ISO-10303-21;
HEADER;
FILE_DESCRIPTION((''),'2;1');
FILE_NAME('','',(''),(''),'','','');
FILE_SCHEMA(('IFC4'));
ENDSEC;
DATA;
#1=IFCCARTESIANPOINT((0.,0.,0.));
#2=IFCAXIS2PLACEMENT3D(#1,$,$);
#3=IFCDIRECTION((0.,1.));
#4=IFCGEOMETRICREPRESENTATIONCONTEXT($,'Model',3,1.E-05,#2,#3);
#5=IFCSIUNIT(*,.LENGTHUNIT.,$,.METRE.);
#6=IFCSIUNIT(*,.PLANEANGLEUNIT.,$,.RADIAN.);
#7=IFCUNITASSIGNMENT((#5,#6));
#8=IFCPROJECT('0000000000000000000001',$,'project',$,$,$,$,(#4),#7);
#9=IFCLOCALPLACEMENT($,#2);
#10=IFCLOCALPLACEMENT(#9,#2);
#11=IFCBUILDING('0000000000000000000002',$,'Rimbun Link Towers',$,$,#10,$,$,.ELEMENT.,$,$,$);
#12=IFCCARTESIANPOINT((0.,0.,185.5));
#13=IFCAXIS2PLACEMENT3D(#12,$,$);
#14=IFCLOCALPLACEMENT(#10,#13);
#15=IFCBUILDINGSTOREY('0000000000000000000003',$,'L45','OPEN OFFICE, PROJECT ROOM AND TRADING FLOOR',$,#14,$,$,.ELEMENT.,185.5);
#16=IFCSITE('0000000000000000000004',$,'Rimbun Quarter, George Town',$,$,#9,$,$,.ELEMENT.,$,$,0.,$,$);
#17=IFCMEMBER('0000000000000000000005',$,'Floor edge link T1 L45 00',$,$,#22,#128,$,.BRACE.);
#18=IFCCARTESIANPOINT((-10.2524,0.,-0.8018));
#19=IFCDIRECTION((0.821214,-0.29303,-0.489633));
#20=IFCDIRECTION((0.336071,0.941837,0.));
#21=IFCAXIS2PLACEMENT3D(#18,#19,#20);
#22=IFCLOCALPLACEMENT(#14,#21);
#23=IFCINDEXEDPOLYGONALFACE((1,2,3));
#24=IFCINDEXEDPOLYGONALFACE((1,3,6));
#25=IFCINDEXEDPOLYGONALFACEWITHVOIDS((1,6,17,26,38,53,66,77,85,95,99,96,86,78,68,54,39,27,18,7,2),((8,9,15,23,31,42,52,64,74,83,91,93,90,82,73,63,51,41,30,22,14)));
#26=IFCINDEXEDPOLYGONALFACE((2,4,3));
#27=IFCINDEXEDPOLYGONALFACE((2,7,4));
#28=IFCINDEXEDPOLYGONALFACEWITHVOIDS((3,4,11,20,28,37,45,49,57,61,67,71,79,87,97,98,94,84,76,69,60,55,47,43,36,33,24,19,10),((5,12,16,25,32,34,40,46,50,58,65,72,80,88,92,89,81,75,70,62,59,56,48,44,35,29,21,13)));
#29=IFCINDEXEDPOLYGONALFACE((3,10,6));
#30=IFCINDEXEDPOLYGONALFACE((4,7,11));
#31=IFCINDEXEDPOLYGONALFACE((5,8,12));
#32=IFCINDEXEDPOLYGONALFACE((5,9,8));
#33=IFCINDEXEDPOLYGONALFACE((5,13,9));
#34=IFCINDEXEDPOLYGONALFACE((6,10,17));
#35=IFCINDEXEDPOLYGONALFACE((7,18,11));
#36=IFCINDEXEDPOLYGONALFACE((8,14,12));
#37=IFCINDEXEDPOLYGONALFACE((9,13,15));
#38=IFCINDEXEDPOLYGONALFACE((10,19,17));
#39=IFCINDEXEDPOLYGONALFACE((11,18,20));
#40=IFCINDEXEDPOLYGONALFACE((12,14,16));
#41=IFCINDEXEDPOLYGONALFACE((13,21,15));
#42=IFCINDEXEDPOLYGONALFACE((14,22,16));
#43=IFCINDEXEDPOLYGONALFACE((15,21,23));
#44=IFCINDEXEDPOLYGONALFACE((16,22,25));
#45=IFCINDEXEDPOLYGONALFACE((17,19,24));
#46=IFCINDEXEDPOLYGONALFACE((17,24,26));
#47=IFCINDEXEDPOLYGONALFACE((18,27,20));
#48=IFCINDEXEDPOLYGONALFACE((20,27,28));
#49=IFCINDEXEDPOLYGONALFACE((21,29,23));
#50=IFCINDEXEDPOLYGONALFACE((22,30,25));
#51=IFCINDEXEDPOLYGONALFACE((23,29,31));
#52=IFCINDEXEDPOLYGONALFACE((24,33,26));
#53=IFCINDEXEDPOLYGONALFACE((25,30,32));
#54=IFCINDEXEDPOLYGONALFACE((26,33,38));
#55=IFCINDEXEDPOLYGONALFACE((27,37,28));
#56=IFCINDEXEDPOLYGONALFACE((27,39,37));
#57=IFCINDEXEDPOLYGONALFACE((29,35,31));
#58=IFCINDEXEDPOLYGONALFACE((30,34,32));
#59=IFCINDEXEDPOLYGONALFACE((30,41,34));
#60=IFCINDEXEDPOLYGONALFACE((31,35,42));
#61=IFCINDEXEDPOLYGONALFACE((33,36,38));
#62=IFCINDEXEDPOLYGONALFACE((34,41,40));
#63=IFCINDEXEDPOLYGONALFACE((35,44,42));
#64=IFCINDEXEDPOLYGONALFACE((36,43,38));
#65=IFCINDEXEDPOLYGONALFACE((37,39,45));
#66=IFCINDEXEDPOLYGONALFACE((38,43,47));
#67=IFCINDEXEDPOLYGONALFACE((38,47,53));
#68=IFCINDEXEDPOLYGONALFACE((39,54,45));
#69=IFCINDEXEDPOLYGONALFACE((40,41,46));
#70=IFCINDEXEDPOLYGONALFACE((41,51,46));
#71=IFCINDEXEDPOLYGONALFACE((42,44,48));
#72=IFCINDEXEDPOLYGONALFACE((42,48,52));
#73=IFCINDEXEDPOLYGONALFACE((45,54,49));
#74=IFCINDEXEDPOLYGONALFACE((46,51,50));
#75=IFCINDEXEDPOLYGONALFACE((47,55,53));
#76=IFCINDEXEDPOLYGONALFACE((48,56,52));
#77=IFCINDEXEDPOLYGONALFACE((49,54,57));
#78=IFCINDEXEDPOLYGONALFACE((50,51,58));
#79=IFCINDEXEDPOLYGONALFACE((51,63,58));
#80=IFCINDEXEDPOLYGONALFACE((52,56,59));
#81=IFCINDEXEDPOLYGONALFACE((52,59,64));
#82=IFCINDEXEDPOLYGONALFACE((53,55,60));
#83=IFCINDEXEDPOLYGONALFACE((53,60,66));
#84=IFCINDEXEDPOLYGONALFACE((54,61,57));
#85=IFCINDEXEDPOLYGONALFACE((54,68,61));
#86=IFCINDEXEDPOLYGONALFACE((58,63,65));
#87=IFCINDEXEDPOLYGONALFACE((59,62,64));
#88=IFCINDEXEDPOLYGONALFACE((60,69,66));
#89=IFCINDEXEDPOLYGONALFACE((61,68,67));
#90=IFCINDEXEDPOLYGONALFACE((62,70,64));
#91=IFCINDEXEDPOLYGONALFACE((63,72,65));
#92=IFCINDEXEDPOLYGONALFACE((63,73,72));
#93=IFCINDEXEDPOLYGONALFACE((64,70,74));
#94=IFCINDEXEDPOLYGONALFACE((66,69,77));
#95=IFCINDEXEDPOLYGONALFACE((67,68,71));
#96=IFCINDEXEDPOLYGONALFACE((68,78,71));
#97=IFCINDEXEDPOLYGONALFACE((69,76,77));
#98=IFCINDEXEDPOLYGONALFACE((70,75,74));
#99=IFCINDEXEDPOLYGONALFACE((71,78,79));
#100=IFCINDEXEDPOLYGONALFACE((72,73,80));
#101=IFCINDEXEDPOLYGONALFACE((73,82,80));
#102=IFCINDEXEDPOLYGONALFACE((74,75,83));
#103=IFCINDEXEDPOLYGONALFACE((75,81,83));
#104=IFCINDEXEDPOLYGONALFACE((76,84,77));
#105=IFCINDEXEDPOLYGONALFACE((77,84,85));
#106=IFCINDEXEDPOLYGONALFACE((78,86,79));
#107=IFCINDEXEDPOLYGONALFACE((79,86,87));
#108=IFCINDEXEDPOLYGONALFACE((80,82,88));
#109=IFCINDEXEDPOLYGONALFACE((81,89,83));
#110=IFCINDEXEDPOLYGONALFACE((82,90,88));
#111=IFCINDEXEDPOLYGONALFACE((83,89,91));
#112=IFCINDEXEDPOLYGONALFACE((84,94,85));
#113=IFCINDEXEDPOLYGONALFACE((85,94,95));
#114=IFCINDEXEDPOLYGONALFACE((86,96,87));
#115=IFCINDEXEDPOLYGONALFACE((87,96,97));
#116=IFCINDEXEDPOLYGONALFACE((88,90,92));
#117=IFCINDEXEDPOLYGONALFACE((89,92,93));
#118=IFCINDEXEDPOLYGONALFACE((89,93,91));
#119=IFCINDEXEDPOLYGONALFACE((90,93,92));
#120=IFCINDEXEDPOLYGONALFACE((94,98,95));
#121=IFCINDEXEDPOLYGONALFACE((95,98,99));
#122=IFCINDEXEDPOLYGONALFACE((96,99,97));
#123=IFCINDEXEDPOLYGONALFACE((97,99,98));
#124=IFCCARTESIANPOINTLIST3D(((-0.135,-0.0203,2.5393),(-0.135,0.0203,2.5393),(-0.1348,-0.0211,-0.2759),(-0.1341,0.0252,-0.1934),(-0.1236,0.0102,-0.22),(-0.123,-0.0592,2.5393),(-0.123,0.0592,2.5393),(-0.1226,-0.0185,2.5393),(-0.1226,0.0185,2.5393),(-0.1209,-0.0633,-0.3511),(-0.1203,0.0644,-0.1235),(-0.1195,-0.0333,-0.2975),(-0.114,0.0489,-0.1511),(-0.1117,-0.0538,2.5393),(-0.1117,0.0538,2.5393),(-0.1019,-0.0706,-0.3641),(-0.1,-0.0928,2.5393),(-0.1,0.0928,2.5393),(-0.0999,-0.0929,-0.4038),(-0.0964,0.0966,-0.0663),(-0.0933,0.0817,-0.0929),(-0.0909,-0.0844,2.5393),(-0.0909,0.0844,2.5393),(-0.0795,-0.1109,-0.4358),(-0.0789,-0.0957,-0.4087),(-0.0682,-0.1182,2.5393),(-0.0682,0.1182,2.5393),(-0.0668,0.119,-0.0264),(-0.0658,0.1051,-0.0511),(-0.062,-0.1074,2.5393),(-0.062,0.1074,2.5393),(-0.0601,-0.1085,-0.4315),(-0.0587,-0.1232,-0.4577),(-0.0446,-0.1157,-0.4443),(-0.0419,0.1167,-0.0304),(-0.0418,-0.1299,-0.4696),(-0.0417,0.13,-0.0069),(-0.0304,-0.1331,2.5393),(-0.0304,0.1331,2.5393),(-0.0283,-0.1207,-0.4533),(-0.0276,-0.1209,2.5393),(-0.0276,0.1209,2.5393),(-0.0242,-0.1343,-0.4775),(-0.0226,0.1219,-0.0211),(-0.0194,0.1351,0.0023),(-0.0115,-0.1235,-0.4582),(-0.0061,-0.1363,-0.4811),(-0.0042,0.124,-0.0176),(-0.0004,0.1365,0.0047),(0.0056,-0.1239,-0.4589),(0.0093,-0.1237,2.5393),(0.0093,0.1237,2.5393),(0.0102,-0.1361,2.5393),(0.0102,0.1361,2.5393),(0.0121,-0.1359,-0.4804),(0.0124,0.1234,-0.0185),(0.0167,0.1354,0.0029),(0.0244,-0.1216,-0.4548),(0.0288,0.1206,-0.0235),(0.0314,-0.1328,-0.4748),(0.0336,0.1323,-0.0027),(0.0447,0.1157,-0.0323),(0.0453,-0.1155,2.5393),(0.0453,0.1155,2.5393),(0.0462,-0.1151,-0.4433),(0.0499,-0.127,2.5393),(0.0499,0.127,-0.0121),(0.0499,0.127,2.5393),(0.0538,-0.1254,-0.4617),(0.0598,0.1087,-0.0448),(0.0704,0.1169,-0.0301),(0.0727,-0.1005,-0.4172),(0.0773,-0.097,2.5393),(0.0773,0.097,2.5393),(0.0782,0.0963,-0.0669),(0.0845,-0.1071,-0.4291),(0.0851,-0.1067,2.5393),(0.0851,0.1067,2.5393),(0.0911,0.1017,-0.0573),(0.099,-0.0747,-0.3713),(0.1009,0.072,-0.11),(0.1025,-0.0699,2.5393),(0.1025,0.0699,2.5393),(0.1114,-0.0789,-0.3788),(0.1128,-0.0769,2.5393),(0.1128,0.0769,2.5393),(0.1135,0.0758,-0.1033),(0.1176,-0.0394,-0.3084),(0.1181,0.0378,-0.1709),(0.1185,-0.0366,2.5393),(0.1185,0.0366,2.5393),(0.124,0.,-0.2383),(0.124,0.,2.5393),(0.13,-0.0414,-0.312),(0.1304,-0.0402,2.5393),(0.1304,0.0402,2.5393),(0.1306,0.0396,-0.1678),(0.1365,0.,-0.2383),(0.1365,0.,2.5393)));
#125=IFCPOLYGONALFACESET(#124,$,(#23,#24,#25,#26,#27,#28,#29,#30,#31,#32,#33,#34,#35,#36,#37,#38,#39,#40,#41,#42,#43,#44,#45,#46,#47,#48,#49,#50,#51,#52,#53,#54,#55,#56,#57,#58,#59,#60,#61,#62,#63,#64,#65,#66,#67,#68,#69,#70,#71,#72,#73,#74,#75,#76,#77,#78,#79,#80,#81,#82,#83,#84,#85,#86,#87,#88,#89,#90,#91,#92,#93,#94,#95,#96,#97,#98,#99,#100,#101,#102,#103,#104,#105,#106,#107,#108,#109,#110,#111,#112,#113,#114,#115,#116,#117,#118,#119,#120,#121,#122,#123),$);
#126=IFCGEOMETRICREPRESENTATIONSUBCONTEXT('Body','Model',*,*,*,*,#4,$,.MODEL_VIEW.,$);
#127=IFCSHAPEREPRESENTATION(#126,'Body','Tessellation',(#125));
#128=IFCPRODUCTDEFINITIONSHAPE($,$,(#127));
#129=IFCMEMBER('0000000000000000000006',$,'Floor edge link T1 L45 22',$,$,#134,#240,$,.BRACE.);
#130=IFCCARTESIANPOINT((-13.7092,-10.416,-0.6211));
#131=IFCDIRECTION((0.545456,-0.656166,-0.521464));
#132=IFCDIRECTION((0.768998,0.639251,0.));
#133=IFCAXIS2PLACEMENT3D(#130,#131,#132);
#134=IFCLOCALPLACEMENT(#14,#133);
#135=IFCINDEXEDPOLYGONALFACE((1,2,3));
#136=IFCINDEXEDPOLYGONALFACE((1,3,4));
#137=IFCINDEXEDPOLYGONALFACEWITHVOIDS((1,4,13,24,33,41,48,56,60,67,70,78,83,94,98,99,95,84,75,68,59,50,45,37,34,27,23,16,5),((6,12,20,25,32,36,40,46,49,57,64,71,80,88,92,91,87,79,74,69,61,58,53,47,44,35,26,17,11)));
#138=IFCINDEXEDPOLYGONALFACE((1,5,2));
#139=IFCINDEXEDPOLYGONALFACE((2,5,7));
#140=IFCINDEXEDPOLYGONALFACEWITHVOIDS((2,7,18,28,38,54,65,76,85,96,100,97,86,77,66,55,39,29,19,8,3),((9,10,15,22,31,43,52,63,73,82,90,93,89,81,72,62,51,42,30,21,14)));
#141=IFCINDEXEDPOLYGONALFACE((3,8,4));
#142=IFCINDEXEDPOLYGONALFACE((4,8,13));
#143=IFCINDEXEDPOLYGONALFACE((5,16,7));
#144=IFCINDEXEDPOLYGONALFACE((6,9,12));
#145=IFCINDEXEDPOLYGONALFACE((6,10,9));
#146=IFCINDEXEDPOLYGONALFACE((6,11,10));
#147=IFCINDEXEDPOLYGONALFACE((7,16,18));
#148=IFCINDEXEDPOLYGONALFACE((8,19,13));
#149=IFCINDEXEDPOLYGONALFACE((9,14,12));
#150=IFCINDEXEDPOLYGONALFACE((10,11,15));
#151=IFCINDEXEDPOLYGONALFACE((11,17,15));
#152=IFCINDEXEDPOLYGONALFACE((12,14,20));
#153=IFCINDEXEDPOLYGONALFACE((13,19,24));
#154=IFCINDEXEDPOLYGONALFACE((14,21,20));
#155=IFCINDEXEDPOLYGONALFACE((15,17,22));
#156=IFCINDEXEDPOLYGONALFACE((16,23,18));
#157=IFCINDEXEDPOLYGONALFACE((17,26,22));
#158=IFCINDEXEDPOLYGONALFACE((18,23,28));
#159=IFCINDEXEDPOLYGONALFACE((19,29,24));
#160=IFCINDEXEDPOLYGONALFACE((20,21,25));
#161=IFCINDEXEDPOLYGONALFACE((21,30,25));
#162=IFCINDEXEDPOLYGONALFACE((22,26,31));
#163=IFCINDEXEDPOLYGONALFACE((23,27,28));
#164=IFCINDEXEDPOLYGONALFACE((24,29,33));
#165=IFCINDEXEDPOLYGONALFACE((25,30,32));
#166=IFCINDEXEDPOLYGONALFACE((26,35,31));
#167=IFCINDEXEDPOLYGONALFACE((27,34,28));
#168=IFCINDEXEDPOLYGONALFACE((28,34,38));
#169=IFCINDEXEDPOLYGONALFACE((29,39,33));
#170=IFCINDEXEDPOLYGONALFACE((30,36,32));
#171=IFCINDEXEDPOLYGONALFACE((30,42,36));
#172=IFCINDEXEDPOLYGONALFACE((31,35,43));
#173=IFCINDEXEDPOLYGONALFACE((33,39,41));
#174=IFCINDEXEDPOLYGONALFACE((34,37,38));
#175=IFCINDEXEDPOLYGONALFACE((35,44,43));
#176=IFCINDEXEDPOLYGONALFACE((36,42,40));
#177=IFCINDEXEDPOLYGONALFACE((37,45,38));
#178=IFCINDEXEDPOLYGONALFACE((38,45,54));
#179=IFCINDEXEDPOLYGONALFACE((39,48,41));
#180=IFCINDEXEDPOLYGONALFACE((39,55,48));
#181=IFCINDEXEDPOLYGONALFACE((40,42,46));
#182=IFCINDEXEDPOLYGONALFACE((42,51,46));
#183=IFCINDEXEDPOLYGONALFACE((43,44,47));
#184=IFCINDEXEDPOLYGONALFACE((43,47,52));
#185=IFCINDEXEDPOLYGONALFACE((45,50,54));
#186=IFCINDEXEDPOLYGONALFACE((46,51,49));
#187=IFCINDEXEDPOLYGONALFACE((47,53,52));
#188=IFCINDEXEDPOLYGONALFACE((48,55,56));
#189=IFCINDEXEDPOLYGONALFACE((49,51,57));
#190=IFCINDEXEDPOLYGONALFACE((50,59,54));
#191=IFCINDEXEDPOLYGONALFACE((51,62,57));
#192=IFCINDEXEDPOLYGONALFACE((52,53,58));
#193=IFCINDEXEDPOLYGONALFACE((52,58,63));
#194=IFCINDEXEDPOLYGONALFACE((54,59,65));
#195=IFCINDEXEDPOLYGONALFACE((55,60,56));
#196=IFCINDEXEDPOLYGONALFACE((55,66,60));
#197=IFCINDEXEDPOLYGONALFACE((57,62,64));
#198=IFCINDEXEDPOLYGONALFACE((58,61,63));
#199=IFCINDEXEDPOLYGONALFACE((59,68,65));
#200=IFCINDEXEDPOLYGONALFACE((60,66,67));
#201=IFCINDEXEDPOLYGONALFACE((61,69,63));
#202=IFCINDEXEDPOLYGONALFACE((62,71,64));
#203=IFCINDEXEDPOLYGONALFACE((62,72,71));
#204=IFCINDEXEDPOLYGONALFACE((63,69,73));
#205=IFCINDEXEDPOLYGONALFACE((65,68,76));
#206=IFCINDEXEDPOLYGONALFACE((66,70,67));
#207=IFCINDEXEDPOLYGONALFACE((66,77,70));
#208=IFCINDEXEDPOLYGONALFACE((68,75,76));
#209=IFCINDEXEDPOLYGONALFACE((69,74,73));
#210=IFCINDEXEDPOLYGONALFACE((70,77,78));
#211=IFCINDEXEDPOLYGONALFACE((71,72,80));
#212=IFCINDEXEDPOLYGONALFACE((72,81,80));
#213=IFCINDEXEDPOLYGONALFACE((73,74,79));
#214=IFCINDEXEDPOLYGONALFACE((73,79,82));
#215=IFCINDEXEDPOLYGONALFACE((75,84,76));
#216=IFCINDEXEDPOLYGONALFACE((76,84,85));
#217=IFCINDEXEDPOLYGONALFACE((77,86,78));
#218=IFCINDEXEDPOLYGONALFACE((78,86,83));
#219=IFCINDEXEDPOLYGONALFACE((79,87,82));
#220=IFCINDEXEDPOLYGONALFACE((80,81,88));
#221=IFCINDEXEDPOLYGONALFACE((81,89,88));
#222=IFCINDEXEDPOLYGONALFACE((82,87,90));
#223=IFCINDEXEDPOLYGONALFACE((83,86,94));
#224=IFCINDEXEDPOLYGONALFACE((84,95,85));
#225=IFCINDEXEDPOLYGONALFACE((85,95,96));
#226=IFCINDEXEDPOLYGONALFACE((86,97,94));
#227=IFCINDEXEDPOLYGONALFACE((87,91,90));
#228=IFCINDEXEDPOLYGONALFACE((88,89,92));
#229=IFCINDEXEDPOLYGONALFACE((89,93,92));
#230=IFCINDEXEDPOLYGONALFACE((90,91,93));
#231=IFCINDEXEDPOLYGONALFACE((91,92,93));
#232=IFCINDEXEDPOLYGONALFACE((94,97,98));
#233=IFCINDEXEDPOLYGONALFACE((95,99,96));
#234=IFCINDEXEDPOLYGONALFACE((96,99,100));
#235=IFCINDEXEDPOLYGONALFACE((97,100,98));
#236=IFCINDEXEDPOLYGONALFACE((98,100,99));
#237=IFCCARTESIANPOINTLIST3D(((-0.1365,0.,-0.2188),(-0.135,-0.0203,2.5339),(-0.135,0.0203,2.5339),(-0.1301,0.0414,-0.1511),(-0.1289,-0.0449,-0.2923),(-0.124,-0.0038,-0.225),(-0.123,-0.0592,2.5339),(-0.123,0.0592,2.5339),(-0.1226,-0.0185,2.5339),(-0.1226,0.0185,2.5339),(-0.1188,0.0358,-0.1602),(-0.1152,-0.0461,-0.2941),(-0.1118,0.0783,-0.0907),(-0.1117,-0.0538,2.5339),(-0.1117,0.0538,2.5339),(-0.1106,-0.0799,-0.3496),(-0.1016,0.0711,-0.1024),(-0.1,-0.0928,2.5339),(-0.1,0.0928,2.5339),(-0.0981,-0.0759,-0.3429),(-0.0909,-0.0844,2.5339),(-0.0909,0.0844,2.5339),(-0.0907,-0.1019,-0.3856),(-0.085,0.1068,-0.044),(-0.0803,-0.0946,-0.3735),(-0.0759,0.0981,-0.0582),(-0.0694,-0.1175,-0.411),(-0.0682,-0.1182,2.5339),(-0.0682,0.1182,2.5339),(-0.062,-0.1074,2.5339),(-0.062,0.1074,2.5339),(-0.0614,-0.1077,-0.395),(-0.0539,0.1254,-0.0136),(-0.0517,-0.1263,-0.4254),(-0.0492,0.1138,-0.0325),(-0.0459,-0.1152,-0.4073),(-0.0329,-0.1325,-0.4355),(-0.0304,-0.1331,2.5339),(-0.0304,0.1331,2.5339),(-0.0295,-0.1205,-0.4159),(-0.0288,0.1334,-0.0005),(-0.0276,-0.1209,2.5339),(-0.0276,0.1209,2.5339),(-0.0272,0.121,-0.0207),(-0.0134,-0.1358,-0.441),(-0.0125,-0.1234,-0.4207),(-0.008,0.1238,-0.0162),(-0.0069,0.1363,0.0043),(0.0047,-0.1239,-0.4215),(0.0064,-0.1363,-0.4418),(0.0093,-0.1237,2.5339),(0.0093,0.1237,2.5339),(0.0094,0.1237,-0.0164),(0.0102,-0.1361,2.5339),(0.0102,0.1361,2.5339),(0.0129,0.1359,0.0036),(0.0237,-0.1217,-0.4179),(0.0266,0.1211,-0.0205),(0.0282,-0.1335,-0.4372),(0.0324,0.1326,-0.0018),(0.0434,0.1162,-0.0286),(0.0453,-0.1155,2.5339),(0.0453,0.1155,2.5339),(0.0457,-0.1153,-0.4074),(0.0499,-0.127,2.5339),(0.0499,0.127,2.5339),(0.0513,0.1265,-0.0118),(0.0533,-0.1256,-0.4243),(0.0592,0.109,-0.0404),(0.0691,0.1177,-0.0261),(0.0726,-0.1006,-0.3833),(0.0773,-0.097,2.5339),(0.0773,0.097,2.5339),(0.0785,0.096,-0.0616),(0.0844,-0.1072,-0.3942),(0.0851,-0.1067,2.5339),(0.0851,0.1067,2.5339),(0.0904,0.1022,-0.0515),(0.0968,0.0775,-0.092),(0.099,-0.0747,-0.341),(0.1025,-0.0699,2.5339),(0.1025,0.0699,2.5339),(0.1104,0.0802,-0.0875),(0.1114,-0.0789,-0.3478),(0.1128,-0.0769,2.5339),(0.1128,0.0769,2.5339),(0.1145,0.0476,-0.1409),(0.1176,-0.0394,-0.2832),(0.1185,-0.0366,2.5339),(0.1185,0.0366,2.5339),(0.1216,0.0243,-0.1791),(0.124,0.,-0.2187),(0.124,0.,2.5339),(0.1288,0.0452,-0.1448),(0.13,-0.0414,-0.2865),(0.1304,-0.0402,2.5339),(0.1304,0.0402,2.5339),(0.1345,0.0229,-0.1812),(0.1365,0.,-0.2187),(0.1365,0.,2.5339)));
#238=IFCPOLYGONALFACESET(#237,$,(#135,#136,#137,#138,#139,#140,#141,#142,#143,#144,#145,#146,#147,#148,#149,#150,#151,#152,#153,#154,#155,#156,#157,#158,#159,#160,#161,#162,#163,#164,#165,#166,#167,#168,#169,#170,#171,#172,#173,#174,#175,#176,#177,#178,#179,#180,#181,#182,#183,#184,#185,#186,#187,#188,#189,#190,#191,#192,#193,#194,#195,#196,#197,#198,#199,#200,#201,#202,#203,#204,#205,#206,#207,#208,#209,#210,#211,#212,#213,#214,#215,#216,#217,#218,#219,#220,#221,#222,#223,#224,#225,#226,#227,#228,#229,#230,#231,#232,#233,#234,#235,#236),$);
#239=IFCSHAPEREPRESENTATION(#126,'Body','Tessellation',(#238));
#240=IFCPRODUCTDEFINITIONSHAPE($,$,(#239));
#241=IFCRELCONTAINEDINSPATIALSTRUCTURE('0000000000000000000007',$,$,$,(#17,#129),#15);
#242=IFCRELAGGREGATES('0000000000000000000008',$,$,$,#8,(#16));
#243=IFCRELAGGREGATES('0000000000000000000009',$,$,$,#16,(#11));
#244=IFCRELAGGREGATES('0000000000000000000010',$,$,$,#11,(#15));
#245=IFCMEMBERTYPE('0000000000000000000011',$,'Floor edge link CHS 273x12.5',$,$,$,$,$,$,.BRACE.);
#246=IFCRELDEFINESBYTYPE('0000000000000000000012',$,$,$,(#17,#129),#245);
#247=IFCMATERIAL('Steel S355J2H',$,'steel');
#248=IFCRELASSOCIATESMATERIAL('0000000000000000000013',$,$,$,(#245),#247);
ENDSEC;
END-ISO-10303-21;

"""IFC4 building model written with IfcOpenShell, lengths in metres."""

from ifc_helpers import new_model, si_unit, direction, frame, origin, origin_2d, place, context, subcontext, project, spatial, hollow_circle, extrude, clip, halfspace, material, material_profile, profile_set, type_object, element, save


model = new_model("IFC4")

# Units and contexts
model_context = context("Model", 3, precision=1e-05, world=origin(), true_north=direction((0.0, 1.0)))
body_context = subcontext(model_context, "Body", "Model", "MODEL_VIEW")
ifc_project = project(units=[si_unit("LENGTHUNIT", "METRE"), si_unit("PLANEANGLEUNIT", "RADIAN")], contexts=[model_context])

# Site, building, storey
site_placement = place(None, origin())
site = spatial("IfcSite", under=ifc_project, at=site_placement, Name="Rimbun Quarter, George Town", CompositionType="ELEMENT", RefElevation=0.0)
building_placement = place(site_placement, origin())
building = spatial("IfcBuilding", under=site, at=building_placement, Name="Rimbun Link Towers", CompositionType="ELEMENT")
storey_placement = place(building_placement, frame((0.0, 0.0, 185.5)))
storey = spatial("IfcBuildingStorey", under=building, at=storey_placement, Name="L45", Description="OPEN OFFICE, PROJECT ROOM AND TRADING FLOOR", CompositionType="ELEMENT", Elevation=185.5)

# Members
ifc_material_1 = material(Name="Steel S355J2H", Category="steel")
ifc_material_profile_1 = material_profile(ifc_material_1, hollow_circle(Radius=0.1365, WallThickness=0.0125, at=origin_2d()), Name="CHS 273x12.5")
ifc_profile_set_1 = profile_set([ifc_material_profile_1], Name="Steel S355J2H")
member_type_1 = type_object("IfcMemberType", Name="Floor edge link CHS 273x12.5", PredefinedType="BRACE", material=ifc_profile_set_1)
member_1_placement = place(storey_placement, frame((-10.2524, 0.0, -0.8018), z_axis=(0.821214, -0.29303, -0.489633), x_axis=(0.336071, 0.941837, 0.0)))
element("IfcMember", 1, at=member_1_placement, inside=storey, type_object=member_type_1, Name="Floor edge link T1 L45 00", PredefinedType="BRACE", context=body_context, shape_type="Clipping", body=[
    clip(extrude(hollow_circle(Radius=0.1365, WallThickness=0.0125, at=origin_2d()), frame((0.0, 0.0, -0.5066)), (0.0, 0.0, 1.0), 3.0459), halfspace(frame((0.0, 0.0, -0.2383), z_axis=(0.0, 0.871929, -0.489633)), False)),
])
member_2_placement = place(storey_placement, frame((-13.7092, -10.416, -0.6211), z_axis=(0.545456, -0.656166, -0.521464), x_axis=(0.768998, 0.639251, 0.0)))
element("IfcMember", 2, at=member_2_placement, inside=storey, type_object=member_type_1, Name="Floor edge link T1 L45 22", PredefinedType="BRACE", context=body_context, shape_type="Clipping", body=[
    clip(extrude(hollow_circle(Radius=0.1365, WallThickness=0.0125, at=origin_2d()), frame((0.0, 0.0, -0.4658)), (0.0, 0.0, 1.0), 2.9998), halfspace(frame((0.0, 0.0, -0.2188), z_axis=(0.0, 0.853273, -0.521464)), False)),
])

save(model, "model.ifc")
